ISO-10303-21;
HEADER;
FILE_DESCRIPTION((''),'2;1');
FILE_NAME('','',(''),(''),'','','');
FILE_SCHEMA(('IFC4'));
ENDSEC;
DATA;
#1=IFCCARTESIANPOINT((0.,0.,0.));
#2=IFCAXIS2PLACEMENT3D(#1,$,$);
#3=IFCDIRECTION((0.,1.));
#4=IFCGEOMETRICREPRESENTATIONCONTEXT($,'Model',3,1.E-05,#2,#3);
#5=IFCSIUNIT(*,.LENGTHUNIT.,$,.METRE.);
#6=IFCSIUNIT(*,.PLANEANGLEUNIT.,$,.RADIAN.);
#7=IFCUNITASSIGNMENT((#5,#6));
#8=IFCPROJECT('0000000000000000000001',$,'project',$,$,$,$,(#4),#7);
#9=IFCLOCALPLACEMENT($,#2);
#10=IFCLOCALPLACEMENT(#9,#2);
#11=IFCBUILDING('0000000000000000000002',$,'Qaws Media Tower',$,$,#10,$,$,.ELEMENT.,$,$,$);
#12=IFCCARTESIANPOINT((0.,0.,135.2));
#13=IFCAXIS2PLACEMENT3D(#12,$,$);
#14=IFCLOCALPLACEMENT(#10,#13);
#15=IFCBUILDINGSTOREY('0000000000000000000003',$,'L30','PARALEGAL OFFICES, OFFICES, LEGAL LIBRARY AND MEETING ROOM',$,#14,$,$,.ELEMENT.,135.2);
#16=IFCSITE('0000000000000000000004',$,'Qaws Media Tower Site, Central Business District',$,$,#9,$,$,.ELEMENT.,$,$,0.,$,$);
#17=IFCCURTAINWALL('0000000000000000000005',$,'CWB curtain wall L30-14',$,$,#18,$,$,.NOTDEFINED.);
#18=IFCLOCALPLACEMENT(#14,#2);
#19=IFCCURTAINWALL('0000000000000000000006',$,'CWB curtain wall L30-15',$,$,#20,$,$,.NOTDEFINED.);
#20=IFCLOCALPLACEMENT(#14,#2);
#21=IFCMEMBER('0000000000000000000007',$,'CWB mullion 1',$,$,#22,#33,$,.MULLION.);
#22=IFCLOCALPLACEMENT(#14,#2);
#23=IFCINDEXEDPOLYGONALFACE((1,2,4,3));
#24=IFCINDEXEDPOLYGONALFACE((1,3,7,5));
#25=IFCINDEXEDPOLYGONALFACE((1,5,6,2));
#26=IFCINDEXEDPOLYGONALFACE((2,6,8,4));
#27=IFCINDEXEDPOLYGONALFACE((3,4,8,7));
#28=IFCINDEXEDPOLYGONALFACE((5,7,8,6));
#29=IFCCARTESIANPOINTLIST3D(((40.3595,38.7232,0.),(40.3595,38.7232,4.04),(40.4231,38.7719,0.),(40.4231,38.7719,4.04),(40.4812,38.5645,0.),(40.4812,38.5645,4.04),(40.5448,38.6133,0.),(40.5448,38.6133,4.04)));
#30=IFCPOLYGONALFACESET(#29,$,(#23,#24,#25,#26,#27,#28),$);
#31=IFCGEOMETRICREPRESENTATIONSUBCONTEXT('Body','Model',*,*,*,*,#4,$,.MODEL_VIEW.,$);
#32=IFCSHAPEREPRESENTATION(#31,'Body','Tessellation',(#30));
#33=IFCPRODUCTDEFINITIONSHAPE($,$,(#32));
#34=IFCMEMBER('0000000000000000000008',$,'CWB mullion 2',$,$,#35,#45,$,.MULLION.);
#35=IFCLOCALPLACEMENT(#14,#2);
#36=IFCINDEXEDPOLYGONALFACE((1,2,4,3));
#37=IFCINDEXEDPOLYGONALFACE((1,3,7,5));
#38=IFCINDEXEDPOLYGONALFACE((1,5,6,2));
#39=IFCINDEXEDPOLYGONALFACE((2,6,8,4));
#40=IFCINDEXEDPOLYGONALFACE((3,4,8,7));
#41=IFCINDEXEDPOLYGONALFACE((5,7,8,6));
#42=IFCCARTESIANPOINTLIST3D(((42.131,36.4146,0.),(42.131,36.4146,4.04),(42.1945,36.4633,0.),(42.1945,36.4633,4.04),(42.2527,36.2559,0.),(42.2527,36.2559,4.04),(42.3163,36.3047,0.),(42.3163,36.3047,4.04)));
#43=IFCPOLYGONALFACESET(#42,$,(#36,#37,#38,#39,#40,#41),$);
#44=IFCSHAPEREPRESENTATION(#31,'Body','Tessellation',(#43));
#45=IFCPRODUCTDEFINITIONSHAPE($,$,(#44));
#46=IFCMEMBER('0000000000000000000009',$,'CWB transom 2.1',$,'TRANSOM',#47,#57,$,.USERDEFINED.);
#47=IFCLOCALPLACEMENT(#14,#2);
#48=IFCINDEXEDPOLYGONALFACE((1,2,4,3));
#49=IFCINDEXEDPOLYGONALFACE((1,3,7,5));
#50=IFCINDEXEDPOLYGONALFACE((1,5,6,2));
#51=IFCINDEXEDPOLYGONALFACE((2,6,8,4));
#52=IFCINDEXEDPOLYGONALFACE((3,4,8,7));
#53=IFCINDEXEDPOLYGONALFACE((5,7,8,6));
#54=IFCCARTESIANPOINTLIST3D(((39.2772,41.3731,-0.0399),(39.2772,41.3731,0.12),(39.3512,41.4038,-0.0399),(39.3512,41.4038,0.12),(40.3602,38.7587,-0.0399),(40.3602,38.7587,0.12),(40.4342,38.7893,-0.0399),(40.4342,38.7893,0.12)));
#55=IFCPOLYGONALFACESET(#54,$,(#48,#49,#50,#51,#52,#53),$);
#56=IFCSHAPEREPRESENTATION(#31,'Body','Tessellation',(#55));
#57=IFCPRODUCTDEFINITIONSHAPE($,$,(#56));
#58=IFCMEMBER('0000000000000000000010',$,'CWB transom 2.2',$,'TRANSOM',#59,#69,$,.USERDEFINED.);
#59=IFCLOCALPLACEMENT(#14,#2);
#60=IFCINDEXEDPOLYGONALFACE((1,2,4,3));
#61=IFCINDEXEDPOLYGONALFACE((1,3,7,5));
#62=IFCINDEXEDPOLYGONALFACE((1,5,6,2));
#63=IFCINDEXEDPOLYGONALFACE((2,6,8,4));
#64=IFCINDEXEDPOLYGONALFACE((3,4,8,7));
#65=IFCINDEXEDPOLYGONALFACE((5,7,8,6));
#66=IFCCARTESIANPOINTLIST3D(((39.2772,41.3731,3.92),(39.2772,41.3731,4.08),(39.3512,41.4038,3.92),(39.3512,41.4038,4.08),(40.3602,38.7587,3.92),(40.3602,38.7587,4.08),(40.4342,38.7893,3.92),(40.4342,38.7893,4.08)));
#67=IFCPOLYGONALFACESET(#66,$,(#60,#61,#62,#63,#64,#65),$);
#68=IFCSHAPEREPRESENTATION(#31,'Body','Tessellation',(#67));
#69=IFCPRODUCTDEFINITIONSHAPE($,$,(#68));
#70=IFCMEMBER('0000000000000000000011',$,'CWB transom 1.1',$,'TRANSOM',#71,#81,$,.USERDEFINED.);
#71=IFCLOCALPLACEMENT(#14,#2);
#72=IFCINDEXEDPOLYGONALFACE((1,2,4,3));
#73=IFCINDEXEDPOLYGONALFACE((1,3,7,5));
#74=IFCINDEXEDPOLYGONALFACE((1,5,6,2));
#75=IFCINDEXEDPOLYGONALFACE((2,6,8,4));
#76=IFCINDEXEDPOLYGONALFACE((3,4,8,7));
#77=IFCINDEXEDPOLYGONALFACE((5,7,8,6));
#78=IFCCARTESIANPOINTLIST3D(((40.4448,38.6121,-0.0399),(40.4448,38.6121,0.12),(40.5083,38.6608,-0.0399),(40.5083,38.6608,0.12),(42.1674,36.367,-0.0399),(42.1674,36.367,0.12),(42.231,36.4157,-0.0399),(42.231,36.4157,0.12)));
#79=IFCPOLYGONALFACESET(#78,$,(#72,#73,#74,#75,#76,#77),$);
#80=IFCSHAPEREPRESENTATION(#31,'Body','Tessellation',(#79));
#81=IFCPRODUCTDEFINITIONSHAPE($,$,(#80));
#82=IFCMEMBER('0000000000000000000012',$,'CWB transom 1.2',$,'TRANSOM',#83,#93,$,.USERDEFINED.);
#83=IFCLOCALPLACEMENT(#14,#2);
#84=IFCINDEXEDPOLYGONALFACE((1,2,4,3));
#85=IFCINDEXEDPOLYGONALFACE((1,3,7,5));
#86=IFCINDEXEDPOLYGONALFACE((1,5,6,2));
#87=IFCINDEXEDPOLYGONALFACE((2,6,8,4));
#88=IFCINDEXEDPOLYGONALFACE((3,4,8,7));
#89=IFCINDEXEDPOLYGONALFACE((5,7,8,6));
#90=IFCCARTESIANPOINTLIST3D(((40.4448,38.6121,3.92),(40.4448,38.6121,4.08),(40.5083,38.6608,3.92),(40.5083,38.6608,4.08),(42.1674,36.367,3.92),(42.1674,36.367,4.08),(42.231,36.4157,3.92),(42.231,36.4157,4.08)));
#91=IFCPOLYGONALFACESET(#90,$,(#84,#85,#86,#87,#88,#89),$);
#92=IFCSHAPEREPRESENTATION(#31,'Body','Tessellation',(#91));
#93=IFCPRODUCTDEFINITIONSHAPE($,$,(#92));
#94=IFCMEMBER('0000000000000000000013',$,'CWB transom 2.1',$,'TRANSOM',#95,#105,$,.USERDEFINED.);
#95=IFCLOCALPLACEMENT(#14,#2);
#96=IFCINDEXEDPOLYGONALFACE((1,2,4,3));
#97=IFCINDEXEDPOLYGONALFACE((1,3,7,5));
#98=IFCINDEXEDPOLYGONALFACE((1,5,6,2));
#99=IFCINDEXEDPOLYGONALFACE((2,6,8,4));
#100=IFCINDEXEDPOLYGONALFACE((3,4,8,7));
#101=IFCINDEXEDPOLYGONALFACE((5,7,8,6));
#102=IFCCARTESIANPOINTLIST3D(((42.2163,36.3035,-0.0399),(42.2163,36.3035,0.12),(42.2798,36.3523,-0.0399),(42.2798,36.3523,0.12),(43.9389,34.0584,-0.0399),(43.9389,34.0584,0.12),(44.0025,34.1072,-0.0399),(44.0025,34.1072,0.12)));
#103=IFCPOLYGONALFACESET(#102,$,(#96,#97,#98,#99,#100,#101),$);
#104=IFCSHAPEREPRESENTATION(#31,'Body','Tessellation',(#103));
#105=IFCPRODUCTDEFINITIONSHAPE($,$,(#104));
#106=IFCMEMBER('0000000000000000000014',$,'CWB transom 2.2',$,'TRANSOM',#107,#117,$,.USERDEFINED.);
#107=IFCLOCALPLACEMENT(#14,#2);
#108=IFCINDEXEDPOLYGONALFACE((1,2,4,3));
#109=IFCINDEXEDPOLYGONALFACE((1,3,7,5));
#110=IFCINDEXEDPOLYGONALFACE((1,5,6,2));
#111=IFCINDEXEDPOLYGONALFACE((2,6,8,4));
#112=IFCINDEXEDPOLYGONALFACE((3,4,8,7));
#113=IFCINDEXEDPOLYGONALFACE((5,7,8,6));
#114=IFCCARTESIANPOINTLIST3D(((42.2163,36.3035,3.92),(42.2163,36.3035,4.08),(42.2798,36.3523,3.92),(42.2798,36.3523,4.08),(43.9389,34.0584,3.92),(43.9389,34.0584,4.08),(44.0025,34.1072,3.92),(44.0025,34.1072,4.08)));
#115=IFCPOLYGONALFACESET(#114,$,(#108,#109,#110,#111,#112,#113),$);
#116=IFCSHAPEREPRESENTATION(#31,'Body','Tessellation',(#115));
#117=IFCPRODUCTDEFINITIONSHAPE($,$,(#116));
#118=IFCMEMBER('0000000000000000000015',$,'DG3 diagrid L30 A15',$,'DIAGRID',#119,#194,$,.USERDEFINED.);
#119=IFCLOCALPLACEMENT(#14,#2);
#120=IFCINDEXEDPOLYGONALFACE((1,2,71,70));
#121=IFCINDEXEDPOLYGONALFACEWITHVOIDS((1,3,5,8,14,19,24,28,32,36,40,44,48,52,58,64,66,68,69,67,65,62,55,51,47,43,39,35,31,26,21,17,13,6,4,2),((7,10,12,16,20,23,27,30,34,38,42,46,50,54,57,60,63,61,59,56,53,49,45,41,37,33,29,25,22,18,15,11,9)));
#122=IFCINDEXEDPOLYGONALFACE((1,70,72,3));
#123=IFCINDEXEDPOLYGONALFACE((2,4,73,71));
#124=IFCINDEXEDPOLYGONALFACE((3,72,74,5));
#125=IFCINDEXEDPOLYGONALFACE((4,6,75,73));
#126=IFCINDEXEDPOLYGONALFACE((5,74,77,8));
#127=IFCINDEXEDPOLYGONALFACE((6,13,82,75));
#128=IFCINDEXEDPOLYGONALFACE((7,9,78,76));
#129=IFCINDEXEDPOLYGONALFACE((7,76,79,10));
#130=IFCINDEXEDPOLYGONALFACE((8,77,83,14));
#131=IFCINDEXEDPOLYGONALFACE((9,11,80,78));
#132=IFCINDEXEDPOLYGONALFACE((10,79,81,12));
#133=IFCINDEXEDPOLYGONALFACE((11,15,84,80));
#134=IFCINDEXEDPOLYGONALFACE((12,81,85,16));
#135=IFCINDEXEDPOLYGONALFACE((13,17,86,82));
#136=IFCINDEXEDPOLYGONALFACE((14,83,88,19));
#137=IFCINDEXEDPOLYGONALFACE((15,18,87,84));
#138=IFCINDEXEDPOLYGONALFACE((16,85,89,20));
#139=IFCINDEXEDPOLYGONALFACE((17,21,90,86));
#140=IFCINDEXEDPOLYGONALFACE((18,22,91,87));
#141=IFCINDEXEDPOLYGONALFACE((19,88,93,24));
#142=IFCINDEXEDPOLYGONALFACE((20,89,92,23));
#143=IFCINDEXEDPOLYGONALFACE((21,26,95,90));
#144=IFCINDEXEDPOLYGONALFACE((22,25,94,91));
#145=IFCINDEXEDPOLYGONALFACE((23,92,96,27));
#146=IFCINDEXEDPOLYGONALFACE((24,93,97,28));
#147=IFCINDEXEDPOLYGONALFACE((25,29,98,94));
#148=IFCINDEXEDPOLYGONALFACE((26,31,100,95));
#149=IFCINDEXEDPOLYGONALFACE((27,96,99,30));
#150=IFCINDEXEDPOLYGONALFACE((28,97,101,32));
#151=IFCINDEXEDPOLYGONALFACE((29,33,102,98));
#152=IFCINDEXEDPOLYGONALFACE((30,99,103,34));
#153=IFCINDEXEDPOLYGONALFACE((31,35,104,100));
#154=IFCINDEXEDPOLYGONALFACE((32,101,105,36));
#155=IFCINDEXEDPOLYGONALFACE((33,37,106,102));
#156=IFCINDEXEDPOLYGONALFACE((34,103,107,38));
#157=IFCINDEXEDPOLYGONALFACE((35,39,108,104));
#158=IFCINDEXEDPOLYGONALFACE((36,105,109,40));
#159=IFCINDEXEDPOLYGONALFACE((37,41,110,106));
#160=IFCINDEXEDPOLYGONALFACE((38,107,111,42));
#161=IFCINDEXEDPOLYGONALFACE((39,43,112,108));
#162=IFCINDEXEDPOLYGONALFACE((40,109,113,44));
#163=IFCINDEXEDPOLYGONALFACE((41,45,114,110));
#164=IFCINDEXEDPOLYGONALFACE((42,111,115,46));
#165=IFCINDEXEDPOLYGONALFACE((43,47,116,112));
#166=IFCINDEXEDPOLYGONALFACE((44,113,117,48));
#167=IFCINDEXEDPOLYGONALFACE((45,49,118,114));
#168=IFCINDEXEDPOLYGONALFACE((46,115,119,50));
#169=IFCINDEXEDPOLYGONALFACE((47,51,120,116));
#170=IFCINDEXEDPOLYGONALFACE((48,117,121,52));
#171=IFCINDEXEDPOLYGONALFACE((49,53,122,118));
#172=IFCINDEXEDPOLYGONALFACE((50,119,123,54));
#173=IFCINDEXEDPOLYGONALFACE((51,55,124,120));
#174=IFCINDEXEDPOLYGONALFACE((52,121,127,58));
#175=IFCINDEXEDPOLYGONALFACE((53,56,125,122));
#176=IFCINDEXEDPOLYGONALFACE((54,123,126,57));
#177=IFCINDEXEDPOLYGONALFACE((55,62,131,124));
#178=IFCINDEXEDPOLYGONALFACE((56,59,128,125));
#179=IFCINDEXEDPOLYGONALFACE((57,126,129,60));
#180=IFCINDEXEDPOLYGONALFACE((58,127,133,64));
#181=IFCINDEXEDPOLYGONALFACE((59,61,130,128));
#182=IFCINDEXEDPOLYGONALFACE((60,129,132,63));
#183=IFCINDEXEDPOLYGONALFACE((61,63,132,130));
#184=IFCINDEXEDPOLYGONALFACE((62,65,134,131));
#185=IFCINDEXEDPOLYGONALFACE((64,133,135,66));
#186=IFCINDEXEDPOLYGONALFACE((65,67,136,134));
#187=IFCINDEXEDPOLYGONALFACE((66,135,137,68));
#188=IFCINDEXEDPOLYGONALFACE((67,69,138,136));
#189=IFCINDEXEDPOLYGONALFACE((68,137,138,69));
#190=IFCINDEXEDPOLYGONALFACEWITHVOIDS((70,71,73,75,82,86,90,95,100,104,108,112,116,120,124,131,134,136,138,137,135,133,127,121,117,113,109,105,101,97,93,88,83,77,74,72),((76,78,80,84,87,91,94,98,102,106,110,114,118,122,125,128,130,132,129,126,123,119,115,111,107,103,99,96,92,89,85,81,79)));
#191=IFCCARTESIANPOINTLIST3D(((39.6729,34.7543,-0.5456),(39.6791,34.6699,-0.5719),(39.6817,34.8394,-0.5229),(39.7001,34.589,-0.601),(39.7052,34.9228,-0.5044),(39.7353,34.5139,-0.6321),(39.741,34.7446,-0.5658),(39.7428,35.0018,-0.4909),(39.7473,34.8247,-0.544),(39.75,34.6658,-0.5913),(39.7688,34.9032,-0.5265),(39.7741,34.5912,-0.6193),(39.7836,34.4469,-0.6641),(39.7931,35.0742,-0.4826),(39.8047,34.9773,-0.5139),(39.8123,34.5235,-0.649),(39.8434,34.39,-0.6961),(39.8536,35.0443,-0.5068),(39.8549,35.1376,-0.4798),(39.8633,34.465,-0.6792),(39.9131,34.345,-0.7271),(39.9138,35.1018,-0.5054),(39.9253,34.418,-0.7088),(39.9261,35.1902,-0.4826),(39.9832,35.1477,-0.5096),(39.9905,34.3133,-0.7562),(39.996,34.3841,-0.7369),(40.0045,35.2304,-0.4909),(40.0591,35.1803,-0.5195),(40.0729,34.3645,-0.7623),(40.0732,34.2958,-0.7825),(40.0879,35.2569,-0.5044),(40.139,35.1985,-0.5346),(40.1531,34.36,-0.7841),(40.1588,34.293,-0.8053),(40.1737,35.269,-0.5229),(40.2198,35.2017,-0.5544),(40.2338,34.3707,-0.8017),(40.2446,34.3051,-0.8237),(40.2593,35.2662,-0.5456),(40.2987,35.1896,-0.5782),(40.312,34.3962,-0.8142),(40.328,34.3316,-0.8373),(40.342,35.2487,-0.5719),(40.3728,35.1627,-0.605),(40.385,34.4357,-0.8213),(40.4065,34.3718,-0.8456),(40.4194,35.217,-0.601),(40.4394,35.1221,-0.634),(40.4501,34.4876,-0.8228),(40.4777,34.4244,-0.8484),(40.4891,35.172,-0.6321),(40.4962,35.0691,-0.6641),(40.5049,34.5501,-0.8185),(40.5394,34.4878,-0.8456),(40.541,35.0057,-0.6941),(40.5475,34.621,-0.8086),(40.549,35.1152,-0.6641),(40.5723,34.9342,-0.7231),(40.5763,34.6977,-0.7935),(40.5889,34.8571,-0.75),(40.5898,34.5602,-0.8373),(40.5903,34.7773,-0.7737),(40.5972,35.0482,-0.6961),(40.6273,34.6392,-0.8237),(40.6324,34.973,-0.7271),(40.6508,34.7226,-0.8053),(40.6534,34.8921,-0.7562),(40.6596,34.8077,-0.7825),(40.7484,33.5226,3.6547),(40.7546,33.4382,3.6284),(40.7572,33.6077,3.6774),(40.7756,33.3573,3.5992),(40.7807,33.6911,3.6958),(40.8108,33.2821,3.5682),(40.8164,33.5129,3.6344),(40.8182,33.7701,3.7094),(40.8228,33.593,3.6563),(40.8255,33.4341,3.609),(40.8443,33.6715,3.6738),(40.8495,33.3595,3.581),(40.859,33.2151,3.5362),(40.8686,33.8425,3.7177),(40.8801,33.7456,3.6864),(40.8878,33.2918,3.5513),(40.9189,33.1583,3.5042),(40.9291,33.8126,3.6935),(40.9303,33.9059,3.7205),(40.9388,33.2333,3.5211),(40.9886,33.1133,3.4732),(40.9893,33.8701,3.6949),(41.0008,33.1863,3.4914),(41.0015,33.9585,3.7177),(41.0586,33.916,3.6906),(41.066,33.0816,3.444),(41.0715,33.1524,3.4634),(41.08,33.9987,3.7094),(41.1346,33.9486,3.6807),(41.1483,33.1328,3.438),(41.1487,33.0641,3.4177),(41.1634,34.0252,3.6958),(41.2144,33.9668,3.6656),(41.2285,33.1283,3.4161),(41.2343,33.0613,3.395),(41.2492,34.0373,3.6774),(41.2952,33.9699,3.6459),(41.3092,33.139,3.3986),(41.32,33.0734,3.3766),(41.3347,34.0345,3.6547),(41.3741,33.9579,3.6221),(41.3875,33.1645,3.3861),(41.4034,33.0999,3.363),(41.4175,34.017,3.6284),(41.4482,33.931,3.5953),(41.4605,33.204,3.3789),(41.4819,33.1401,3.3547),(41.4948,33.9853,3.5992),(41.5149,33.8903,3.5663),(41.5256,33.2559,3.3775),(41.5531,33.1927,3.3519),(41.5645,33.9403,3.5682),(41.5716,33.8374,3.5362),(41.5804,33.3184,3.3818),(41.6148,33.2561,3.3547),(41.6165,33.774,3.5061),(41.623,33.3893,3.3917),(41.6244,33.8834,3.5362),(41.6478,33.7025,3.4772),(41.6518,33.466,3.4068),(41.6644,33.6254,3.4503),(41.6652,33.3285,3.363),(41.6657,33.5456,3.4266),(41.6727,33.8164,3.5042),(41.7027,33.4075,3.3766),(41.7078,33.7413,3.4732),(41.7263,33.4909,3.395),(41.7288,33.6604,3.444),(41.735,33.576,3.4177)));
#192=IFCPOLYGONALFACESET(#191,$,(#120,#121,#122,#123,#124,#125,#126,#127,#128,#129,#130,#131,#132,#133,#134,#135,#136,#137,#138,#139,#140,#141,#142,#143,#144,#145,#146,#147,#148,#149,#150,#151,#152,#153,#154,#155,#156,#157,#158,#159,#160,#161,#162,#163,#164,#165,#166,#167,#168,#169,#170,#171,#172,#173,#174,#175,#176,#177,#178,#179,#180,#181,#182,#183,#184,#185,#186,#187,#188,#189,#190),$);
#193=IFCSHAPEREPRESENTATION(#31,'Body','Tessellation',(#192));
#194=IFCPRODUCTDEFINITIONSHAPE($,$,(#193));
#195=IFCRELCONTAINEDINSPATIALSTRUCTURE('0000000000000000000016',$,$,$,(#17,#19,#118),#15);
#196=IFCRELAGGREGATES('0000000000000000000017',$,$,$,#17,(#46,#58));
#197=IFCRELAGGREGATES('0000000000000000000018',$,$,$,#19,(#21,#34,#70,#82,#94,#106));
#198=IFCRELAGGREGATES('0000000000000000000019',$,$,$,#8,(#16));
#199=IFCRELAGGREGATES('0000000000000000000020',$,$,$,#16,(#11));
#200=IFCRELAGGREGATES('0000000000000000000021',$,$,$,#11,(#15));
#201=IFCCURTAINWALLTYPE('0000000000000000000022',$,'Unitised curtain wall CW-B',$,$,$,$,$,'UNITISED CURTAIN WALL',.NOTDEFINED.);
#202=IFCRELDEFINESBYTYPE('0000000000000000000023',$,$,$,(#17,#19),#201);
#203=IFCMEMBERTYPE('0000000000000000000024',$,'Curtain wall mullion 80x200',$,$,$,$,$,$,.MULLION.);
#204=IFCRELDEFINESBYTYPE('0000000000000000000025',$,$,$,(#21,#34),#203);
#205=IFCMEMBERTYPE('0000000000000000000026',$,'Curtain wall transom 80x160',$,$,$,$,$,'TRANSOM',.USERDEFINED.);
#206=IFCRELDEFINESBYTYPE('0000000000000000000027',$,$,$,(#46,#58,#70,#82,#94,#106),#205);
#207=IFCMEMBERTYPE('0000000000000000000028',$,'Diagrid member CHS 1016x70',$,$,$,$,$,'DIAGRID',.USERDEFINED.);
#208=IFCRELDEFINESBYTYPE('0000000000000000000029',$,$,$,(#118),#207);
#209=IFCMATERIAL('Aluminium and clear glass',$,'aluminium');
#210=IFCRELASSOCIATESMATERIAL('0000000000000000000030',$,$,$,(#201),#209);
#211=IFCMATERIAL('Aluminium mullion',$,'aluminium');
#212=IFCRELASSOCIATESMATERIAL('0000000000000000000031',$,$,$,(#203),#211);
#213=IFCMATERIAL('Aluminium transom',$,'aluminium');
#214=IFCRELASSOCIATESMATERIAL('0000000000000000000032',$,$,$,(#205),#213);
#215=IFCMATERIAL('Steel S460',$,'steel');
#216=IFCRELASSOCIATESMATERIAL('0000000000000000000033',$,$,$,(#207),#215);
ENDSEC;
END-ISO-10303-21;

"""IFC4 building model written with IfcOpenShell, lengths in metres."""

from ifc_helpers import new_model, si_unit, direction, frame, origin, origin_2d, place, context, subcontext, project, spatial, rectangle, hollow_circle, extrude, material, material_profile, profile_set, type_object, element, aggregate, save


model = new_model("IFC4")

# Units and contexts
model_context = context("Model", 3, precision=1e-05, world=origin(), true_north=direction((0.0, 1.0)))
body_context = subcontext(model_context, "Body", "Model", "MODEL_VIEW")
ifc_project = project(units=[si_unit("LENGTHUNIT", "METRE"), si_unit("PLANEANGLEUNIT", "RADIAN")], contexts=[model_context])

# Site, building, storey
site_placement = place(None, origin())
site = spatial("IfcSite", under=ifc_project, at=site_placement, Name="Qaws Media Tower Site, Central Business District", CompositionType="ELEMENT", RefElevation=0.0)
building_placement = place(site_placement, origin())
building = spatial("IfcBuilding", under=site, at=building_placement, Name="Qaws Media Tower", CompositionType="ELEMENT")
storey_placement = place(building_placement, frame((0.0, 0.0, 135.2)))
storey = spatial("IfcBuildingStorey", under=building, at=storey_placement, Name="L30", Description="PARALEGAL OFFICES, OFFICES, LEGAL LIBRARY AND MEETING ROOM", CompositionType="ELEMENT", Elevation=135.2)

# Curtain walls, members
ifc_material_1 = material(Name="Aluminium and clear glass", Category="aluminium")
curtain_wall_type = type_object("IfcCurtainWallType", Name="Unitised curtain wall CW-B", ElementType="UNITISED CURTAIN WALL", PredefinedType="NOTDEFINED", material=ifc_material_1)
curtain_wall_1_placement = place(storey_placement, origin())
curtain_wall_1 = element("IfcCurtainWall", 1, at=curtain_wall_1_placement, inside=storey, type_object=curtain_wall_type, Name="CWB curtain wall L30-14", PredefinedType="NOTDEFINED")
ifc_material_2 = material(Name="Aluminium mullion", Category="aluminium")
ifc_material_profile_1 = material_profile(ifc_material_2, rectangle(XDim=0.0801, YDim=0.2, at=origin_2d()), Name="80x200")
ifc_profile_set_1 = profile_set([ifc_material_profile_1], Name="Aluminium mullion")
member_type_1 = type_object("IfcMemberType", Name="Curtain wall mullion 80x200", PredefinedType="MULLION", material=ifc_profile_set_1)
curtain_wall_2_placement = place(storey_placement, origin())
curtain_wall_2 = element("IfcCurtainWall", 2, at=curtain_wall_2_placement, inside=storey, type_object=curtain_wall_type, Name="CWB curtain wall L30-15", PredefinedType="NOTDEFINED")
member_1_placement = place(storey_placement, frame((40.4521, 38.6682, 0.0), z_axis=(0.0, 0.0, 1.0), x_axis=(0.793353, 0.608761, 0.0)))
member_1 = element("IfcMember", 3, at=member_1_placement, type_object=member_type_1, Name="CWB mullion 1", PredefinedType="MULLION", context=body_context, shape_type="SweptSolid", body=[
    extrude(rectangle(XDim=0.0801, YDim=0.2, at=origin_2d()), origin(), (0.0, 0.0, 1.0), 4.04),
])
member_2_placement = place(storey_placement, frame((42.2236, 36.3596, 0.0), z_axis=(0.0, 0.0, 1.0), x_axis=(0.793353, 0.608761, 0.0)))
member_2 = element("IfcMember", 4, at=member_2_placement, type_object=member_type_1, Name="CWB mullion 2", PredefinedType="MULLION", context=body_context, shape_type="SweptSolid", body=[
    extrude(rectangle(XDim=0.0801, YDim=0.2, at=origin_2d()), origin(), (0.0, 0.0, 1.0), 4.04),
])

# Members
ifc_material_3 = material(Name="Aluminium transom", Category="aluminium")
ifc_material_profile_2 = material_profile(ifc_material_3, rectangle(XDim=0.0801, YDim=0.1599, at=origin_2d()), Name="80x160")
ifc_profile_set_2 = profile_set([ifc_material_profile_2], Name="Aluminium transom")
member_type_2 = type_object("IfcMemberType", Name="Curtain wall transom 80x160", ElementType="TRANSOM", PredefinedType="USERDEFINED", material=ifc_profile_set_2)
member_3_placement = place(storey_placement, frame((39.3142, 41.3884, 0.04), z_axis=(0.382697, -0.923874, 0.0), x_axis=(0.923874, 0.382697, 0.0)))
member_3 = element("IfcMember", 5, at=member_3_placement, type_object=member_type_2, Name="CWB transom 2.1", ObjectType="TRANSOM", PredefinedType="USERDEFINED", context=body_context, shape_type="SweptSolid", body=[
    extrude(rectangle(XDim=0.0801, YDim=0.1599, at=origin_2d()), origin(), (0.0, 0.0, 1.0), 2.8298),
])
member_4_placement = place(storey_placement, frame((39.3142, 41.3884, 4.0), z_axis=(0.382697, -0.923874, 0.0), x_axis=(0.923874, 0.382697, 0.0)))
member_4 = element("IfcMember", 6, at=member_4_placement, type_object=member_type_2, Name="CWB transom 2.2", ObjectType="TRANSOM", PredefinedType="USERDEFINED", context=body_context, shape_type="SweptSolid", body=[
    extrude(rectangle(XDim=0.0801, YDim=0.1599, at=origin_2d()), origin(), (0.0, 0.0, 1.0), 2.8298),
])
member_5_placement = place(storey_placement, frame((40.4766, 38.6365, 0.04), z_axis=(0.608743, -0.793367, 0.0), x_axis=(0.793367, 0.608743, 0.0)))
member_5 = element("IfcMember", 7, at=member_5_placement, type_object=member_type_2, Name="CWB transom 1.1", ObjectType="TRANSOM", PredefinedType="USERDEFINED", context=body_context, shape_type="SweptSolid", body=[
    extrude(rectangle(XDim=0.0801, YDim=0.1599, at=origin_2d()), origin(), (0.0, 0.0, 1.0), 2.8298),
])
member_6_placement = place(storey_placement, frame((40.4766, 38.6365, 4.0), z_axis=(0.608743, -0.793367, 0.0), x_axis=(0.793367, 0.608743, 0.0)))
member_6 = element("IfcMember", 8, at=member_6_placement, type_object=member_type_2, Name="CWB transom 1.2", ObjectType="TRANSOM", PredefinedType="USERDEFINED", context=body_context, shape_type="SweptSolid", body=[
    extrude(rectangle(XDim=0.0801, YDim=0.1599, at=origin_2d()), origin(), (0.0, 0.0, 1.0), 2.8298),
])
member_7_placement = place(storey_placement, frame((42.248, 36.3279, 0.04), z_axis=(0.608743, -0.793367, 0.0), x_axis=(0.793367, 0.608743, 0.0)))
member_7 = element("IfcMember", 9, at=member_7_placement, type_object=member_type_2, Name="CWB transom 2.1", ObjectType="TRANSOM", PredefinedType="USERDEFINED", context=body_context, shape_type="SweptSolid", body=[
    extrude(rectangle(XDim=0.0801, YDim=0.1599, at=origin_2d()), origin(), (0.0, 0.0, 1.0), 2.8298),
])
member_8_placement = place(storey_placement, frame((42.248, 36.3279, 4.0), z_axis=(0.608743, -0.793367, 0.0), x_axis=(0.793367, 0.608743, 0.0)))
member_8 = element("IfcMember", 10, at=member_8_placement, type_object=member_type_2, Name="CWB transom 2.2", ObjectType="TRANSOM", PredefinedType="USERDEFINED", context=body_context, shape_type="SweptSolid", body=[
    extrude(rectangle(XDim=0.0801, YDim=0.1599, at=origin_2d()), origin(), (0.0, 0.0, 1.0), 2.8298),
])

# Member
ifc_material_4 = material(Name="Steel S460", Category="steel")
ifc_material_profile_3 = material_profile(ifc_material_4, hollow_circle(Radius=0.5081, WallThickness=0.0701, at=origin_2d()), Name="CHS 1016x70")
ifc_profile_set_3 = profile_set([ifc_material_profile_3], Name="Steel S460")
member_type_3 = type_object("IfcMemberType", Name="Diagrid member CHS 1016x70", ElementType="DIAGRID", PredefinedType="USERDEFINED", material=ifc_profile_set_3)
member_9_placement = place(storey_placement, frame((40.1663, 34.781, -0.6641), z_axis=(0.238602, -0.273269, 0.931876), x_axis=(0.75327, 0.657711, 0.0)))
element("IfcMember", 11, at=member_9_placement, inside=storey, type_object=member_type_3, Name="DG3 diagrid L30 A15", ObjectType="DIAGRID", PredefinedType="USERDEFINED", context=body_context, shape_type="SweptSolid", body=[
    extrude(hollow_circle(Radius=0.5081, WallThickness=0.0701, at=origin_2d()), origin(), (0.0, 0.0, 1.0), 4.5073),
])

aggregate(curtain_wall_1, [member_3, member_4])
aggregate(curtain_wall_2, [member_1, member_2, member_5, member_6, member_7, member_8])

save(model, "model.ifc")
